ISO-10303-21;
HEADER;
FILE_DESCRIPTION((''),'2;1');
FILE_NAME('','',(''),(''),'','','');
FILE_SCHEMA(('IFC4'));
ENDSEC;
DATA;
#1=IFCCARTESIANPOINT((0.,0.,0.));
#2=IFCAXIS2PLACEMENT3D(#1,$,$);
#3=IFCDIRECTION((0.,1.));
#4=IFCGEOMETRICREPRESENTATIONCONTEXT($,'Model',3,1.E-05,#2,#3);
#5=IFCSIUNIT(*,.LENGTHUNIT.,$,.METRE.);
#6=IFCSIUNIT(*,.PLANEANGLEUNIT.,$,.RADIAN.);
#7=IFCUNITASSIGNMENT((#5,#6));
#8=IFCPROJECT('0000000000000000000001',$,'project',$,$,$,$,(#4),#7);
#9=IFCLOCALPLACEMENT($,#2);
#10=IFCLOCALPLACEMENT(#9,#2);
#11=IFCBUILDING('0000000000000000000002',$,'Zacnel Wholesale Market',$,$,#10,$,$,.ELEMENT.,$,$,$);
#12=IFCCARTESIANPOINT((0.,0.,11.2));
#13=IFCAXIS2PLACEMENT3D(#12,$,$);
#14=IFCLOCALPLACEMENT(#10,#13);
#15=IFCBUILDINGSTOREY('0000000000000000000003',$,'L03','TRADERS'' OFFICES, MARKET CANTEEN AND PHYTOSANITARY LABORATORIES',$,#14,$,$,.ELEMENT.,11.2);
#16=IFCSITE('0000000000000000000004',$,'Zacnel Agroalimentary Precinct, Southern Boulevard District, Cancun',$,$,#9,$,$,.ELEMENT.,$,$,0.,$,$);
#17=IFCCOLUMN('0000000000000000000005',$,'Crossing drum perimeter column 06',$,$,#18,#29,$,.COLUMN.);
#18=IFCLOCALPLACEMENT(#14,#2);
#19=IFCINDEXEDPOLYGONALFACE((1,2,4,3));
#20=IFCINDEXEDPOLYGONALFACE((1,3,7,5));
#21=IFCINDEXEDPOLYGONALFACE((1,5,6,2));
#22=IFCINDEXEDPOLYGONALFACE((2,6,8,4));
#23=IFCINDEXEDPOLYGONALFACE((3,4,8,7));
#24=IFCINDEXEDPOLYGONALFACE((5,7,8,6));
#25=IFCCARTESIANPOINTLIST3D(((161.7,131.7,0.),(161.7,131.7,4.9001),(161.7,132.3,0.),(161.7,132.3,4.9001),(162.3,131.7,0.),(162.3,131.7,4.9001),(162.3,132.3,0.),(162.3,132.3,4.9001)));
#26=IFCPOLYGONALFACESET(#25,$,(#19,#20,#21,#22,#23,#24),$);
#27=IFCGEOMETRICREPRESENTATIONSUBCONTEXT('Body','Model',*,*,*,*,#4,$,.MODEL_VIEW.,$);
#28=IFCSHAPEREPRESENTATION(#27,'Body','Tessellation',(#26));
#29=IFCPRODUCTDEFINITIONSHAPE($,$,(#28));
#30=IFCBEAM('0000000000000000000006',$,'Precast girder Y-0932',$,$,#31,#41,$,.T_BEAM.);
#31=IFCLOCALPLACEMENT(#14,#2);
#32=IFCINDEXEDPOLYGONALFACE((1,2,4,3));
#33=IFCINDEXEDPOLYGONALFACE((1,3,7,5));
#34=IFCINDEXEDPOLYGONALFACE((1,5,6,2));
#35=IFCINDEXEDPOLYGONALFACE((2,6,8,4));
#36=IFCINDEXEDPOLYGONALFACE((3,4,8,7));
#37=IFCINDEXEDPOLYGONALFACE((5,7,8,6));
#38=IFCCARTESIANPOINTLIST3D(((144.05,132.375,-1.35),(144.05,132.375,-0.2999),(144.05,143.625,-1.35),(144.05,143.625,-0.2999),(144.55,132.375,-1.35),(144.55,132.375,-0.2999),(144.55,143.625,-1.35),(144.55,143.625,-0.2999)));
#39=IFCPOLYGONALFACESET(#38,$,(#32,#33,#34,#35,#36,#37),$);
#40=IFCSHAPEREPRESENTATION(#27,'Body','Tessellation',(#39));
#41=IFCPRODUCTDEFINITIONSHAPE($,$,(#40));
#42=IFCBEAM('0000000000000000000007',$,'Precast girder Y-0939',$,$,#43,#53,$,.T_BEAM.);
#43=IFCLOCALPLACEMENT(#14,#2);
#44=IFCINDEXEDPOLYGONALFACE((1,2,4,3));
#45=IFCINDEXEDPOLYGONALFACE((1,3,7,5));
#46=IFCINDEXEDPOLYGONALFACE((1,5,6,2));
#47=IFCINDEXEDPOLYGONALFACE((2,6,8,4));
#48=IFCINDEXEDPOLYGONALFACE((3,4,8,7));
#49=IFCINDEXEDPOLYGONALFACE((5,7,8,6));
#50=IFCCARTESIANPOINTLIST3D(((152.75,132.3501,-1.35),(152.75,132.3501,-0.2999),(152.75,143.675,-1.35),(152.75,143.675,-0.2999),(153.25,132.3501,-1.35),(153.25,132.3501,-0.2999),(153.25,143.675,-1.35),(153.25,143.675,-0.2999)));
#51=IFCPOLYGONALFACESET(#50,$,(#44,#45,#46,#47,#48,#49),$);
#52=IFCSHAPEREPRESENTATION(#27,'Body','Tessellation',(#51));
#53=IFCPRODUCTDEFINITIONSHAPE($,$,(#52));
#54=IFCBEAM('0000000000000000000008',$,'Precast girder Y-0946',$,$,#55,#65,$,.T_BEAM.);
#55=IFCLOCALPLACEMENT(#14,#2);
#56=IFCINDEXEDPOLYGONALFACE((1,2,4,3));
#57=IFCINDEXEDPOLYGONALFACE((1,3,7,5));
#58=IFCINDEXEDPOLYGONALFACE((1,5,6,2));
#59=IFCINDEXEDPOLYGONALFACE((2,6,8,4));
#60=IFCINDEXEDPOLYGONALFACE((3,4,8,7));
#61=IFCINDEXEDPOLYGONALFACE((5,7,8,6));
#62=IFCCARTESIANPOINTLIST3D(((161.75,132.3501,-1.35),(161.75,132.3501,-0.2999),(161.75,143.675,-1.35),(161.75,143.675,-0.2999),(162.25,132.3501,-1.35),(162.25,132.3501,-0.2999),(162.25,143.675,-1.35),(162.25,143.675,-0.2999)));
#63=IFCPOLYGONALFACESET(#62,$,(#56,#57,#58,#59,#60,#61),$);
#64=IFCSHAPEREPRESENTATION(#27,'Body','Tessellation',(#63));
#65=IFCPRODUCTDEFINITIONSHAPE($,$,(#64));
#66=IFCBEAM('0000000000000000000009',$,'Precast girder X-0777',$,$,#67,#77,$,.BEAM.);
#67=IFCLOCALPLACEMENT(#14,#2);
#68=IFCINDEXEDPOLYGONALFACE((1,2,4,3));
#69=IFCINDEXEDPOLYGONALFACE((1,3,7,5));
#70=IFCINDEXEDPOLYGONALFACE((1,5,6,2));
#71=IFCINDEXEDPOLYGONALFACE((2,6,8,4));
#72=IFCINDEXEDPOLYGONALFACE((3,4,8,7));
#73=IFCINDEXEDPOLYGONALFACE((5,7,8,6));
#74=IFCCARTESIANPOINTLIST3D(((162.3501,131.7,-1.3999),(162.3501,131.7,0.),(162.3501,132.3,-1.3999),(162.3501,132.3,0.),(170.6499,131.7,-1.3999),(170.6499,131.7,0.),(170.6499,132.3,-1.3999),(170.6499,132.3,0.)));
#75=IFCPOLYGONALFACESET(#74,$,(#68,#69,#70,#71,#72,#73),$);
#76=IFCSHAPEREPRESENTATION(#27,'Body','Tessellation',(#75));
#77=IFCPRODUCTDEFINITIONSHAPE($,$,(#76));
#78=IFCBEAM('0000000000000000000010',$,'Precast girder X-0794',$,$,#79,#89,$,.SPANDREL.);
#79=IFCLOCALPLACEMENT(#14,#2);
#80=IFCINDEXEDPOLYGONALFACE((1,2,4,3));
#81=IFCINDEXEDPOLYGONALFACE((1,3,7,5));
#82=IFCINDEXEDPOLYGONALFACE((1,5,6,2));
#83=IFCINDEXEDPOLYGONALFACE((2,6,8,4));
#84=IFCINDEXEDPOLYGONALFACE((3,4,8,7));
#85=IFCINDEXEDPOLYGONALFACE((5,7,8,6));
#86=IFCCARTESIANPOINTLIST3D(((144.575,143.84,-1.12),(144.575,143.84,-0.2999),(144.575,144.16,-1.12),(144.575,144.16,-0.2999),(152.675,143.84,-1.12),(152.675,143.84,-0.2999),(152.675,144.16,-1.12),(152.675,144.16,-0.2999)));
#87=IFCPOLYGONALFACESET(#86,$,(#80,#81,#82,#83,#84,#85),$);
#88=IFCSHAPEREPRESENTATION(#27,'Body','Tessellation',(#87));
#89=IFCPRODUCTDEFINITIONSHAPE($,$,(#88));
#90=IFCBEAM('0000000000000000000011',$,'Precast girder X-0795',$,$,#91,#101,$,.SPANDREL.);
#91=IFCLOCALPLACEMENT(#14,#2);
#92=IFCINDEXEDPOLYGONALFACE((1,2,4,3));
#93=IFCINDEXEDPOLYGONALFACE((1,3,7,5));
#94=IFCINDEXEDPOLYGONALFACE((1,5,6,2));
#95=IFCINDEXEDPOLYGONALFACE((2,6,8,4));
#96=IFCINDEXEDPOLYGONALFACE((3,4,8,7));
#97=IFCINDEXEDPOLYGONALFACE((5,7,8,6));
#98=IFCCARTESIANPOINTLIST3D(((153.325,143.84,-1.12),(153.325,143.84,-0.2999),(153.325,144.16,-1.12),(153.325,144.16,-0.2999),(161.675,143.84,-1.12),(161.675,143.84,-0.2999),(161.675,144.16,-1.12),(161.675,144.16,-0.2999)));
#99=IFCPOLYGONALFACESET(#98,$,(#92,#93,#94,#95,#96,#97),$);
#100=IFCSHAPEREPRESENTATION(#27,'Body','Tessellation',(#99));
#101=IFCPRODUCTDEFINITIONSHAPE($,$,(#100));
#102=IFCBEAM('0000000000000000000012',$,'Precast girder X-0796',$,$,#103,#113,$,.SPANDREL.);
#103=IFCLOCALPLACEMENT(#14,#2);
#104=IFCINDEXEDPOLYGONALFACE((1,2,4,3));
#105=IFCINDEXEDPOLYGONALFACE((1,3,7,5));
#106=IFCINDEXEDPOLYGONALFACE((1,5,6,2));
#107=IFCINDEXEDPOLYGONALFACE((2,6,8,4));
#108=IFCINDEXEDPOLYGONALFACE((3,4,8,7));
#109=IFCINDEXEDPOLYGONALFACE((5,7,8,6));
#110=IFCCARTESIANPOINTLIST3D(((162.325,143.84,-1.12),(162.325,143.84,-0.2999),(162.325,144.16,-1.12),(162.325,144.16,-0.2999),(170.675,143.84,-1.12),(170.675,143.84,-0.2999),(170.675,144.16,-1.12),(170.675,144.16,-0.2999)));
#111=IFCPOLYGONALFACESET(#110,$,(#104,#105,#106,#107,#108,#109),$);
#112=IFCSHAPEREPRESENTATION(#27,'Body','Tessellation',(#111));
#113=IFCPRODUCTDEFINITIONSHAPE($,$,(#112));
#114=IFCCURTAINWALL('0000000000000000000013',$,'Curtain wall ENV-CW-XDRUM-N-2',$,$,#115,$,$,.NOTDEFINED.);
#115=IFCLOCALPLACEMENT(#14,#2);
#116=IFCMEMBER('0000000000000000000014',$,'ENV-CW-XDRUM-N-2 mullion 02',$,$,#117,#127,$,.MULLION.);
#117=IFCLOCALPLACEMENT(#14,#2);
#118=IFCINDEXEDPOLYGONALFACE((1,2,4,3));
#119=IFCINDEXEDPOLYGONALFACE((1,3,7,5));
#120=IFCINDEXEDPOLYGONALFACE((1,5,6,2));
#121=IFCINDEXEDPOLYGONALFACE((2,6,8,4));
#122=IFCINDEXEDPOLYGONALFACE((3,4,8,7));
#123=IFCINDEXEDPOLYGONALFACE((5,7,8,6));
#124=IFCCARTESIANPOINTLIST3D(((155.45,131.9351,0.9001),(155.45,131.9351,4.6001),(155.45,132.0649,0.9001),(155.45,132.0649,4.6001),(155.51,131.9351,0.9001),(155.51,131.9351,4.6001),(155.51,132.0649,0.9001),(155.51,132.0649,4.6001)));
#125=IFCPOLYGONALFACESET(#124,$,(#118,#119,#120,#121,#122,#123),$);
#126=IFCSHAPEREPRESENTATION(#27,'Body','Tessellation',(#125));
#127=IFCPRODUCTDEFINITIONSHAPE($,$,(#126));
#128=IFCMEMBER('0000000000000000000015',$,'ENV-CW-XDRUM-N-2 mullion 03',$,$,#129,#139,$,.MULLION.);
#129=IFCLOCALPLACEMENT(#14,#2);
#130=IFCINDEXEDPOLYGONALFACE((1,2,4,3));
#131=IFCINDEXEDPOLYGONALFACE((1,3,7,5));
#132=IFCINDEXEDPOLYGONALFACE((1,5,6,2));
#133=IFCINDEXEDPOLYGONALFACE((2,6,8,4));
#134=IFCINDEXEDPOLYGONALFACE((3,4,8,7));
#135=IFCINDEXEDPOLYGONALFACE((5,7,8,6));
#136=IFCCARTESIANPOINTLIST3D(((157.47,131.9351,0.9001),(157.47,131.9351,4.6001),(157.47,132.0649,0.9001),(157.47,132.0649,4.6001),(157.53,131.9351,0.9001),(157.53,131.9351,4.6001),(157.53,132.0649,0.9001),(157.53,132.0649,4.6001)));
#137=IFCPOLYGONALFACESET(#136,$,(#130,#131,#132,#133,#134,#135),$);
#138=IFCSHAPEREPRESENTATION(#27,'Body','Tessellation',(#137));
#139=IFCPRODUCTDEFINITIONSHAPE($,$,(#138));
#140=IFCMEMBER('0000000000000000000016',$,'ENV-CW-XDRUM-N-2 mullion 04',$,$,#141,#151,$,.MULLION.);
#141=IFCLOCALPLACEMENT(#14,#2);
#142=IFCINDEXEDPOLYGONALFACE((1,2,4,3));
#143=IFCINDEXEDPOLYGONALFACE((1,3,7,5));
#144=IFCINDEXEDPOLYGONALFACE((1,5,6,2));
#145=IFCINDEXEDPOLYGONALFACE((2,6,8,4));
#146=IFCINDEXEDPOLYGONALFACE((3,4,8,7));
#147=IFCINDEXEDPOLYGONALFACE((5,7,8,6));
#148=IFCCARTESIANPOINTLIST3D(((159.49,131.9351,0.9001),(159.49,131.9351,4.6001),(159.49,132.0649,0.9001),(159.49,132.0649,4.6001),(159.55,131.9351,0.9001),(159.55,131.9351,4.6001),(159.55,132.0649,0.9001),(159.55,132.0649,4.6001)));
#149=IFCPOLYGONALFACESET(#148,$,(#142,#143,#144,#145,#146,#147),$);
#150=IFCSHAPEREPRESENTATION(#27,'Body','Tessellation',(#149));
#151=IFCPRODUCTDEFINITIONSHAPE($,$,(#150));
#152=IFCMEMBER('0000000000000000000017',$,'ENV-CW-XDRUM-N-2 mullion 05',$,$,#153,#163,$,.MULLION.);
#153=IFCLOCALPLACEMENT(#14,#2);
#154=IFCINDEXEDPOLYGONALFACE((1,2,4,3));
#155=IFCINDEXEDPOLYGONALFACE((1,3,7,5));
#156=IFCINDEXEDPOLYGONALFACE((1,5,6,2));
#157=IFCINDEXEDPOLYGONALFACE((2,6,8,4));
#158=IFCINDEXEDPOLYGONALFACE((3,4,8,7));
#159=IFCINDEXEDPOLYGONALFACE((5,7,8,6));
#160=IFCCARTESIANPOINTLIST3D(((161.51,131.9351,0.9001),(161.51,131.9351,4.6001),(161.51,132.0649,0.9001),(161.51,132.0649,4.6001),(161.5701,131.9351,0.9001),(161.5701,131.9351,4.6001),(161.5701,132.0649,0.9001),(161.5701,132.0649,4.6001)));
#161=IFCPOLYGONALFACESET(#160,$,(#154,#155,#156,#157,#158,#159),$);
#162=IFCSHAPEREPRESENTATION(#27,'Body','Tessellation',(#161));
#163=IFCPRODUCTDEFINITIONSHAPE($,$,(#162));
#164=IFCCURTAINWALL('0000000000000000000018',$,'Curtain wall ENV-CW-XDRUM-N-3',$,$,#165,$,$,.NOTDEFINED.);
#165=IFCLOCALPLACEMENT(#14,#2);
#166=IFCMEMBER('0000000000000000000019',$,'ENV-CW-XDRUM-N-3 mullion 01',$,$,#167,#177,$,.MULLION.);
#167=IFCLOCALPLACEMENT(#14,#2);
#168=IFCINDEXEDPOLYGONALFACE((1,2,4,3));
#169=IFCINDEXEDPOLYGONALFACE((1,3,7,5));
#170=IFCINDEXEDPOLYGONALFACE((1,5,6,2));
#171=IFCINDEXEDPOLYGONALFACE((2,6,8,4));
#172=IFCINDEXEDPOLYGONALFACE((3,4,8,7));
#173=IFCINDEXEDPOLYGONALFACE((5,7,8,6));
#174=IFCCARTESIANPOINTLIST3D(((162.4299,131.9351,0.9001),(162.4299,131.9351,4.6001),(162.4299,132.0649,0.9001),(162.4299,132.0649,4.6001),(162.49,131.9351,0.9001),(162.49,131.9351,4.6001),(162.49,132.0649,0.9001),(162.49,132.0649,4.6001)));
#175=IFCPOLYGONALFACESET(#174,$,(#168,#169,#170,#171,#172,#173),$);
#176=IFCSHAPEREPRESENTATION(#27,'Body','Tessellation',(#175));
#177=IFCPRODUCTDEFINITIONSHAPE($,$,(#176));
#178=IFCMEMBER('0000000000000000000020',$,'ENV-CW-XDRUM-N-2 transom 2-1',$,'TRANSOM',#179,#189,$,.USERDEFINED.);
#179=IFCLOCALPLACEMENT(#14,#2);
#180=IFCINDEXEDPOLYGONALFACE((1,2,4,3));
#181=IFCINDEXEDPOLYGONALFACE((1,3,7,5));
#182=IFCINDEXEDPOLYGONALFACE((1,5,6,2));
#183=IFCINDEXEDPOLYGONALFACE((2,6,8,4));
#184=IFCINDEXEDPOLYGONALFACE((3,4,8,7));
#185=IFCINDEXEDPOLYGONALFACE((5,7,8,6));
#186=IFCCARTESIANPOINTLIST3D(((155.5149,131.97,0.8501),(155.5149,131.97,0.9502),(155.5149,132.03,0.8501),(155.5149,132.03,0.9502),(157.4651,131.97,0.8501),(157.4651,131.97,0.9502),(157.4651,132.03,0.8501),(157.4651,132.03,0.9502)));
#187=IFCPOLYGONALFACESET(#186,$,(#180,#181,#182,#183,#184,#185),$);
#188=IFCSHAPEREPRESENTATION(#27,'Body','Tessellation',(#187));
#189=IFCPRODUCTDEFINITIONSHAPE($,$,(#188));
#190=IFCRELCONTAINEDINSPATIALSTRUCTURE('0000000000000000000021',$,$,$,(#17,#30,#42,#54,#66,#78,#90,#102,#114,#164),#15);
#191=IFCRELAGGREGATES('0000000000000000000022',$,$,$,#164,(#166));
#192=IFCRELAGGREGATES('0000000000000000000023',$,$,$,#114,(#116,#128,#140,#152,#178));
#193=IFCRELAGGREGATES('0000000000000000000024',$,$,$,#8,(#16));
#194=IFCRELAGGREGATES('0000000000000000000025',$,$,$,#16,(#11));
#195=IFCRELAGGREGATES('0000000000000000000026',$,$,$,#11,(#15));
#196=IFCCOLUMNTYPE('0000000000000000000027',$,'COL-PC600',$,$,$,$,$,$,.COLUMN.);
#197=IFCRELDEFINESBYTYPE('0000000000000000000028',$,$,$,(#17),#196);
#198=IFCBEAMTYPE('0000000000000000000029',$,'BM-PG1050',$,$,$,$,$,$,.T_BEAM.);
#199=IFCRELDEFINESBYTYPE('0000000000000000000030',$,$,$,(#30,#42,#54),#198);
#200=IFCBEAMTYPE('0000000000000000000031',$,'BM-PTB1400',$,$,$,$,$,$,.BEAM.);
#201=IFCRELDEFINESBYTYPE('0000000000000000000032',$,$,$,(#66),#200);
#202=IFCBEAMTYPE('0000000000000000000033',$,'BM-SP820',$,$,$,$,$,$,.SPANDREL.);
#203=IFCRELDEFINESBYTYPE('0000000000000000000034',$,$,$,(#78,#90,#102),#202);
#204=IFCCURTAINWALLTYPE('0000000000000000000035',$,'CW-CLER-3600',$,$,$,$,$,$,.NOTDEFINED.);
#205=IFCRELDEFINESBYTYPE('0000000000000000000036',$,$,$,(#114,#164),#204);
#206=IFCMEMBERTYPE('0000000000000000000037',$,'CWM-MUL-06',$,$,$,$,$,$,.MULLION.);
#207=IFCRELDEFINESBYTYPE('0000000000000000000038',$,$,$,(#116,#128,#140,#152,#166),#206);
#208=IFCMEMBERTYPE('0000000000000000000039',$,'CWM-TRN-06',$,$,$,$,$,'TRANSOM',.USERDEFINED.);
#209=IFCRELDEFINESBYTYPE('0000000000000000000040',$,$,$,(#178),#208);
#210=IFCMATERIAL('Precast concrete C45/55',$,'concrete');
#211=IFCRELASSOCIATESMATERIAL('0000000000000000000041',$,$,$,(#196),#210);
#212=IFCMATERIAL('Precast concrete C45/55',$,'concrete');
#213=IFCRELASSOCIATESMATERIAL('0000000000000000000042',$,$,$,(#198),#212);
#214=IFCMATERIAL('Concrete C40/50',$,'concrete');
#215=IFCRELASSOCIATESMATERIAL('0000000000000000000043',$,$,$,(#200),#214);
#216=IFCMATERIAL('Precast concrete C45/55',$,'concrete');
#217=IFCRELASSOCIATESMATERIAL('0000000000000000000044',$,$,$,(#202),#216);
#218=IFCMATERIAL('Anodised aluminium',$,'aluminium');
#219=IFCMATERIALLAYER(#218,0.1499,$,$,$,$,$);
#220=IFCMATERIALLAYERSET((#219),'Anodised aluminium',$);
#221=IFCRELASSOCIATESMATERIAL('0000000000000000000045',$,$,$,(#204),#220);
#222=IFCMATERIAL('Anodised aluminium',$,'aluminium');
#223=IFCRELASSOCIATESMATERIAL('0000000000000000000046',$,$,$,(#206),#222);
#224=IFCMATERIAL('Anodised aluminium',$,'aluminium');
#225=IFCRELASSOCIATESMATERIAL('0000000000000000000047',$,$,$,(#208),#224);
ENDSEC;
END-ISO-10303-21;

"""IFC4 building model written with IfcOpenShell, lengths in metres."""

from ifc_helpers import new_model, si_unit, direction, frame, origin, origin_2d, place, context, subcontext, project, spatial, rectangle, extrude, material, layer, layer_set, material_profile, profile_set, type_object, element, aggregate, save


model = new_model("IFC4")

# Units and contexts
model_context = context("Model", 3, precision=1e-05, world=origin(), true_north=direction((0.0, 1.0)))
body_context = subcontext(model_context, "Body", "Model", "MODEL_VIEW")
ifc_project = project(units=[si_unit("LENGTHUNIT", "METRE"), si_unit("PLANEANGLEUNIT", "RADIAN")], contexts=[model_context])

# Site, building, storey
site_placement = place(None, origin())
site = spatial("IfcSite", under=ifc_project, at=site_placement, Name="Zacnel Agroalimentary Precinct, Southern Boulevard District, Cancun", CompositionType="ELEMENT", RefElevation=0.0)
building_placement = place(site_placement, origin())
building = spatial("IfcBuilding", under=site, at=building_placement, Name="Zacnel Wholesale Market", CompositionType="ELEMENT")
storey_placement = place(building_placement, frame((0.0, 0.0, 11.2)))
storey = spatial("IfcBuildingStorey", under=building, at=storey_placement, Name="L03", Description="TRADERS' OFFICES, MARKET CANTEEN AND PHYTOSANITARY LABORATORIES", CompositionType="ELEMENT", Elevation=11.2)

# Column
ifc_material_1 = material(Name="Precast concrete C45/55", Category="concrete")
ifc_material_profile_1 = material_profile(ifc_material_1, rectangle(XDim=0.6001, YDim=0.6001, at=origin_2d()), Name="PC 600x600")
ifc_profile_set_1 = profile_set([ifc_material_profile_1], Name="Precast concrete C45/55")
column_type = type_object("IfcColumnType", Name="COL-PC600", PredefinedType="COLUMN", material=ifc_profile_set_1)
column_placement = place(storey_placement, frame((162.0, 132.0, 0.0), z_axis=(0.0, 0.0, 1.0), x_axis=(1.0, 0.0, 0.0)))
element("IfcColumn", 1, at=column_placement, inside=storey, type_object=column_type, Name="Crossing drum perimeter column 06", PredefinedType="COLUMN", context=body_context, shape_type="SweptSolid", body=[
    extrude(rectangle(XDim=0.6001, YDim=0.6001, at=origin_2d()), origin(), (0.0, 0.0, 1.0), 4.9001),
])

# Beams
ifc_material_2 = material(Name="Precast concrete C45/55", Category="concrete")
ifc_material_profile_2 = material_profile(ifc_material_2, rectangle(XDim=0.5, YDim=1.05, at=origin_2d()), Name="PG 500x1050")
ifc_profile_set_2 = profile_set([ifc_material_profile_2], Name="Precast concrete C45/55")
beam_type_1 = type_object("IfcBeamType", Name="BM-PG1050", PredefinedType="T_BEAM", material=ifc_profile_set_2)
beam_1_placement = place(storey_placement, frame((144.3, 132.375, -0.825), z_axis=(0.0, 1.0, 0.0), x_axis=(-1.0, 0.0, 0.0)))
element("IfcBeam", 2, at=beam_1_placement, inside=storey, type_object=beam_type_1, Name="Precast girder Y-0932", PredefinedType="T_BEAM", context=body_context, shape_type="SweptSolid", body=[
    extrude(rectangle(XDim=0.5, YDim=1.05, at=origin_2d()), origin(), (0.0, 0.0, 1.0), 11.25),
])
for number, where, z_axis, x_axis, name in (
    (3, (153.0, 132.3501, -0.825), (0.0, 1.0, 0.0), (-1.0, 0.0, 0.0), "Precast girder Y-0939"),
    (4, (162.0, 132.3501, -0.825), (0.0, 1.0, 0.0), (-1.0, 0.0, 0.0), "Precast girder Y-0946"),
):
    element("IfcBeam", number, at=place(storey_placement, frame(where, z_axis=z_axis, x_axis=x_axis)), inside=storey, type_object=beam_type_1, Name=name, PredefinedType="T_BEAM", context=body_context, shape_type="SweptSolid", body=[
        extrude(rectangle(XDim=0.5, YDim=1.05, at=origin_2d()), origin(), (0.0, 0.0, 1.0), 11.325),
    ])
ifc_material_3 = material(Name="Concrete C40/50", Category="concrete")
ifc_material_profile_3 = material_profile(ifc_material_3, rectangle(XDim=0.6001, YDim=1.3999, at=origin_2d()), Name="PTB 600x1400")
ifc_profile_set_3 = profile_set([ifc_material_profile_3], Name="Concrete C40/50")
beam_type_2 = type_object("IfcBeamType", Name="BM-PTB1400", PredefinedType="BEAM", material=ifc_profile_set_3)
beam_2_placement = place(storey_placement, frame((162.3501, 132.0, -0.7), z_axis=(1.0, 0.0, 0.0), x_axis=(0.0, 1.0, 0.0)))
element("IfcBeam", 5, at=beam_2_placement, inside=storey, type_object=beam_type_2, Name="Precast girder X-0777", PredefinedType="BEAM", context=body_context, shape_type="SweptSolid", body=[
    extrude(rectangle(XDim=0.6001, YDim=1.3999, at=origin_2d()), origin(), (0.0, 0.0, 1.0), 8.2998),
])
ifc_material_4 = material(Name="Precast concrete C45/55", Category="concrete")
ifc_material_profile_4 = material_profile(ifc_material_4, rectangle(XDim=0.3201, YDim=0.8201, at=origin_2d()), Name="SP 320x820")
ifc_profile_set_4 = profile_set([ifc_material_profile_4], Name="Precast concrete C45/55")
beam_type_3 = type_object("IfcBeamType", Name="BM-SP820", PredefinedType="SPANDREL", material=ifc_profile_set_4)
beam_3_placement = place(storey_placement, frame((144.575, 144.0, -0.71), z_axis=(1.0, 0.0, 0.0), x_axis=(0.0, 1.0, 0.0)))
element("IfcBeam", 6, at=beam_3_placement, inside=storey, type_object=beam_type_3, Name="Precast girder X-0794", PredefinedType="SPANDREL", context=body_context, shape_type="SweptSolid", body=[
    extrude(rectangle(XDim=0.3201, YDim=0.8201, at=origin_2d()), origin(), (0.0, 0.0, 1.0), 8.1001),
])
for number, where, z_axis, x_axis, name in (
    (7, (153.325, 144.0, -0.71), (1.0, 0.0, 0.0), (0.0, 1.0, 0.0), "Precast girder X-0795"),
    (8, (162.325, 144.0, -0.71), (1.0, 0.0, 0.0), (0.0, 1.0, 0.0), "Precast girder X-0796"),
):
    element("IfcBeam", number, at=place(storey_placement, frame(where, z_axis=z_axis, x_axis=x_axis)), inside=storey, type_object=beam_type_3, Name=name, PredefinedType="SPANDREL", context=body_context, shape_type="SweptSolid", body=[
        extrude(rectangle(XDim=0.3201, YDim=0.8201, at=origin_2d()), origin(), (0.0, 0.0, 1.0), 8.3501),
    ])

# Curtain wall, members
ifc_material_5 = material(Name="Anodised aluminium", Category="aluminium")
ifc_layer_1 = layer(ifc_material_5, 0.1499)
ifc_layer_set_1 = layer_set([ifc_layer_1], Name="Anodised aluminium")
curtain_wall_type = type_object("IfcCurtainWallType", Name="CW-CLER-3600", PredefinedType="NOTDEFINED", material=ifc_layer_set_1)
curtain_wall_1_placement = place(storey_placement, origin())
curtain_wall_1 = element("IfcCurtainWall", 9, at=curtain_wall_1_placement, inside=storey, type_object=curtain_wall_type, Name="Curtain wall ENV-CW-XDRUM-N-2", PredefinedType="NOTDEFINED")
ifc_material_6 = material(Name="Anodised aluminium", Category="aluminium")
ifc_material_profile_5 = material_profile(ifc_material_6, rectangle(XDim=0.0601, YDim=0.1299, at=origin_2d()), Name="AW-MULLION 60x130")
ifc_profile_set_5 = profile_set([ifc_material_profile_5], Name="Anodised aluminium")
member_type_1 = type_object("IfcMemberType", Name="CWM-MUL-06", PredefinedType="MULLION", material=ifc_profile_set_5)
member_1_placement = place(storey_placement, frame((155.48, 132.0, 0.9001), z_axis=(0.0, 0.0, 1.0), x_axis=(1.0, 0.0, 0.0)))
member_1 = element("IfcMember", 10, at=member_1_placement, type_object=member_type_1, Name="ENV-CW-XDRUM-N-2 mullion 02", PredefinedType="MULLION", context=body_context, shape_type="SweptSolid", body=[
    extrude(rectangle(XDim=0.0601, YDim=0.1299, at=origin_2d()), origin(), (0.0, 0.0, 1.0), 3.7),
])
member_2_placement = place(storey_placement, frame((157.5, 132.0, 0.9001), z_axis=(0.0, 0.0, 1.0), x_axis=(1.0, 0.0, 0.0)))
member_2 = element("IfcMember", 11, at=member_2_placement, type_object=member_type_1, Name="ENV-CW-XDRUM-N-2 mullion 03", PredefinedType="MULLION", context=body_context, shape_type="SweptSolid", body=[
    extrude(rectangle(XDim=0.0601, YDim=0.1299, at=origin_2d()), origin(), (0.0, 0.0, 1.0), 3.7),
])
member_3_placement = place(storey_placement, frame((159.52, 132.0, 0.9001), z_axis=(0.0, 0.0, 1.0), x_axis=(1.0, 0.0, 0.0)))
member_3 = element("IfcMember", 12, at=member_3_placement, type_object=member_type_1, Name="ENV-CW-XDRUM-N-2 mullion 04", PredefinedType="MULLION", context=body_context, shape_type="SweptSolid", body=[
    extrude(rectangle(XDim=0.0601, YDim=0.1299, at=origin_2d()), origin(), (0.0, 0.0, 1.0), 3.7),
])
member_4_placement = place(storey_placement, frame((161.54, 132.0, 0.9001), z_axis=(0.0, 0.0, 1.0), x_axis=(1.0, 0.0, 0.0)))
member_4 = element("IfcMember", 13, at=member_4_placement, type_object=member_type_1, Name="ENV-CW-XDRUM-N-2 mullion 05", PredefinedType="MULLION", context=body_context, shape_type="SweptSolid", body=[
    extrude(rectangle(XDim=0.0601, YDim=0.1299, at=origin_2d()), origin(), (0.0, 0.0, 1.0), 3.7),
])

# Curtain wall, member
curtain_wall_2_placement = place(storey_placement, origin())
curtain_wall_2 = element("IfcCurtainWall", 14, at=curtain_wall_2_placement, inside=storey, type_object=curtain_wall_type, Name="Curtain wall ENV-CW-XDRUM-N-3", PredefinedType="NOTDEFINED")
member_5_placement = place(storey_placement, frame((162.46, 132.0, 0.9001), z_axis=(0.0, 0.0, 1.0), x_axis=(1.0, 0.0, 0.0)))
member_5 = element("IfcMember", 15, at=member_5_placement, type_object=member_type_1, Name="ENV-CW-XDRUM-N-3 mullion 01", PredefinedType="MULLION", context=body_context, shape_type="SweptSolid", body=[
    extrude(rectangle(XDim=0.0601, YDim=0.1299, at=origin_2d()), origin(), (0.0, 0.0, 1.0), 3.7),
])
aggregate(curtain_wall_2, [member_5])

# Member
ifc_material_7 = material(Name="Anodised aluminium", Category="aluminium")
ifc_material_profile_6 = material_profile(ifc_material_7, rectangle(XDim=0.0601, YDim=0.1001, at=origin_2d()), Name="AW-TRANSOM 60x100")
ifc_profile_set_6 = profile_set([ifc_material_profile_6], Name="Anodised aluminium")
member_type_2 = type_object("IfcMemberType", Name="CWM-TRN-06", ElementType="TRANSOM", PredefinedType="USERDEFINED", material=ifc_profile_set_6)
member_6_placement = place(storey_placement, frame((155.5149, 132.0, 0.9001), z_axis=(1.0, 0.0, 0.0), x_axis=(0.0, 1.0, 0.0)))
member_6 = element("IfcMember", 16, at=member_6_placement, type_object=member_type_2, Name="ENV-CW-XDRUM-N-2 transom 2-1", ObjectType="TRANSOM", PredefinedType="USERDEFINED", context=body_context, shape_type="SweptSolid", body=[
    extrude(rectangle(XDim=0.0601, YDim=0.1001, at=origin_2d()), origin(), (0.0, 0.0, 1.0), 1.9502),
])

aggregate(curtain_wall_1, [member_1, member_2, member_3, member_4, member_6])

save(model, "model.ifc")
